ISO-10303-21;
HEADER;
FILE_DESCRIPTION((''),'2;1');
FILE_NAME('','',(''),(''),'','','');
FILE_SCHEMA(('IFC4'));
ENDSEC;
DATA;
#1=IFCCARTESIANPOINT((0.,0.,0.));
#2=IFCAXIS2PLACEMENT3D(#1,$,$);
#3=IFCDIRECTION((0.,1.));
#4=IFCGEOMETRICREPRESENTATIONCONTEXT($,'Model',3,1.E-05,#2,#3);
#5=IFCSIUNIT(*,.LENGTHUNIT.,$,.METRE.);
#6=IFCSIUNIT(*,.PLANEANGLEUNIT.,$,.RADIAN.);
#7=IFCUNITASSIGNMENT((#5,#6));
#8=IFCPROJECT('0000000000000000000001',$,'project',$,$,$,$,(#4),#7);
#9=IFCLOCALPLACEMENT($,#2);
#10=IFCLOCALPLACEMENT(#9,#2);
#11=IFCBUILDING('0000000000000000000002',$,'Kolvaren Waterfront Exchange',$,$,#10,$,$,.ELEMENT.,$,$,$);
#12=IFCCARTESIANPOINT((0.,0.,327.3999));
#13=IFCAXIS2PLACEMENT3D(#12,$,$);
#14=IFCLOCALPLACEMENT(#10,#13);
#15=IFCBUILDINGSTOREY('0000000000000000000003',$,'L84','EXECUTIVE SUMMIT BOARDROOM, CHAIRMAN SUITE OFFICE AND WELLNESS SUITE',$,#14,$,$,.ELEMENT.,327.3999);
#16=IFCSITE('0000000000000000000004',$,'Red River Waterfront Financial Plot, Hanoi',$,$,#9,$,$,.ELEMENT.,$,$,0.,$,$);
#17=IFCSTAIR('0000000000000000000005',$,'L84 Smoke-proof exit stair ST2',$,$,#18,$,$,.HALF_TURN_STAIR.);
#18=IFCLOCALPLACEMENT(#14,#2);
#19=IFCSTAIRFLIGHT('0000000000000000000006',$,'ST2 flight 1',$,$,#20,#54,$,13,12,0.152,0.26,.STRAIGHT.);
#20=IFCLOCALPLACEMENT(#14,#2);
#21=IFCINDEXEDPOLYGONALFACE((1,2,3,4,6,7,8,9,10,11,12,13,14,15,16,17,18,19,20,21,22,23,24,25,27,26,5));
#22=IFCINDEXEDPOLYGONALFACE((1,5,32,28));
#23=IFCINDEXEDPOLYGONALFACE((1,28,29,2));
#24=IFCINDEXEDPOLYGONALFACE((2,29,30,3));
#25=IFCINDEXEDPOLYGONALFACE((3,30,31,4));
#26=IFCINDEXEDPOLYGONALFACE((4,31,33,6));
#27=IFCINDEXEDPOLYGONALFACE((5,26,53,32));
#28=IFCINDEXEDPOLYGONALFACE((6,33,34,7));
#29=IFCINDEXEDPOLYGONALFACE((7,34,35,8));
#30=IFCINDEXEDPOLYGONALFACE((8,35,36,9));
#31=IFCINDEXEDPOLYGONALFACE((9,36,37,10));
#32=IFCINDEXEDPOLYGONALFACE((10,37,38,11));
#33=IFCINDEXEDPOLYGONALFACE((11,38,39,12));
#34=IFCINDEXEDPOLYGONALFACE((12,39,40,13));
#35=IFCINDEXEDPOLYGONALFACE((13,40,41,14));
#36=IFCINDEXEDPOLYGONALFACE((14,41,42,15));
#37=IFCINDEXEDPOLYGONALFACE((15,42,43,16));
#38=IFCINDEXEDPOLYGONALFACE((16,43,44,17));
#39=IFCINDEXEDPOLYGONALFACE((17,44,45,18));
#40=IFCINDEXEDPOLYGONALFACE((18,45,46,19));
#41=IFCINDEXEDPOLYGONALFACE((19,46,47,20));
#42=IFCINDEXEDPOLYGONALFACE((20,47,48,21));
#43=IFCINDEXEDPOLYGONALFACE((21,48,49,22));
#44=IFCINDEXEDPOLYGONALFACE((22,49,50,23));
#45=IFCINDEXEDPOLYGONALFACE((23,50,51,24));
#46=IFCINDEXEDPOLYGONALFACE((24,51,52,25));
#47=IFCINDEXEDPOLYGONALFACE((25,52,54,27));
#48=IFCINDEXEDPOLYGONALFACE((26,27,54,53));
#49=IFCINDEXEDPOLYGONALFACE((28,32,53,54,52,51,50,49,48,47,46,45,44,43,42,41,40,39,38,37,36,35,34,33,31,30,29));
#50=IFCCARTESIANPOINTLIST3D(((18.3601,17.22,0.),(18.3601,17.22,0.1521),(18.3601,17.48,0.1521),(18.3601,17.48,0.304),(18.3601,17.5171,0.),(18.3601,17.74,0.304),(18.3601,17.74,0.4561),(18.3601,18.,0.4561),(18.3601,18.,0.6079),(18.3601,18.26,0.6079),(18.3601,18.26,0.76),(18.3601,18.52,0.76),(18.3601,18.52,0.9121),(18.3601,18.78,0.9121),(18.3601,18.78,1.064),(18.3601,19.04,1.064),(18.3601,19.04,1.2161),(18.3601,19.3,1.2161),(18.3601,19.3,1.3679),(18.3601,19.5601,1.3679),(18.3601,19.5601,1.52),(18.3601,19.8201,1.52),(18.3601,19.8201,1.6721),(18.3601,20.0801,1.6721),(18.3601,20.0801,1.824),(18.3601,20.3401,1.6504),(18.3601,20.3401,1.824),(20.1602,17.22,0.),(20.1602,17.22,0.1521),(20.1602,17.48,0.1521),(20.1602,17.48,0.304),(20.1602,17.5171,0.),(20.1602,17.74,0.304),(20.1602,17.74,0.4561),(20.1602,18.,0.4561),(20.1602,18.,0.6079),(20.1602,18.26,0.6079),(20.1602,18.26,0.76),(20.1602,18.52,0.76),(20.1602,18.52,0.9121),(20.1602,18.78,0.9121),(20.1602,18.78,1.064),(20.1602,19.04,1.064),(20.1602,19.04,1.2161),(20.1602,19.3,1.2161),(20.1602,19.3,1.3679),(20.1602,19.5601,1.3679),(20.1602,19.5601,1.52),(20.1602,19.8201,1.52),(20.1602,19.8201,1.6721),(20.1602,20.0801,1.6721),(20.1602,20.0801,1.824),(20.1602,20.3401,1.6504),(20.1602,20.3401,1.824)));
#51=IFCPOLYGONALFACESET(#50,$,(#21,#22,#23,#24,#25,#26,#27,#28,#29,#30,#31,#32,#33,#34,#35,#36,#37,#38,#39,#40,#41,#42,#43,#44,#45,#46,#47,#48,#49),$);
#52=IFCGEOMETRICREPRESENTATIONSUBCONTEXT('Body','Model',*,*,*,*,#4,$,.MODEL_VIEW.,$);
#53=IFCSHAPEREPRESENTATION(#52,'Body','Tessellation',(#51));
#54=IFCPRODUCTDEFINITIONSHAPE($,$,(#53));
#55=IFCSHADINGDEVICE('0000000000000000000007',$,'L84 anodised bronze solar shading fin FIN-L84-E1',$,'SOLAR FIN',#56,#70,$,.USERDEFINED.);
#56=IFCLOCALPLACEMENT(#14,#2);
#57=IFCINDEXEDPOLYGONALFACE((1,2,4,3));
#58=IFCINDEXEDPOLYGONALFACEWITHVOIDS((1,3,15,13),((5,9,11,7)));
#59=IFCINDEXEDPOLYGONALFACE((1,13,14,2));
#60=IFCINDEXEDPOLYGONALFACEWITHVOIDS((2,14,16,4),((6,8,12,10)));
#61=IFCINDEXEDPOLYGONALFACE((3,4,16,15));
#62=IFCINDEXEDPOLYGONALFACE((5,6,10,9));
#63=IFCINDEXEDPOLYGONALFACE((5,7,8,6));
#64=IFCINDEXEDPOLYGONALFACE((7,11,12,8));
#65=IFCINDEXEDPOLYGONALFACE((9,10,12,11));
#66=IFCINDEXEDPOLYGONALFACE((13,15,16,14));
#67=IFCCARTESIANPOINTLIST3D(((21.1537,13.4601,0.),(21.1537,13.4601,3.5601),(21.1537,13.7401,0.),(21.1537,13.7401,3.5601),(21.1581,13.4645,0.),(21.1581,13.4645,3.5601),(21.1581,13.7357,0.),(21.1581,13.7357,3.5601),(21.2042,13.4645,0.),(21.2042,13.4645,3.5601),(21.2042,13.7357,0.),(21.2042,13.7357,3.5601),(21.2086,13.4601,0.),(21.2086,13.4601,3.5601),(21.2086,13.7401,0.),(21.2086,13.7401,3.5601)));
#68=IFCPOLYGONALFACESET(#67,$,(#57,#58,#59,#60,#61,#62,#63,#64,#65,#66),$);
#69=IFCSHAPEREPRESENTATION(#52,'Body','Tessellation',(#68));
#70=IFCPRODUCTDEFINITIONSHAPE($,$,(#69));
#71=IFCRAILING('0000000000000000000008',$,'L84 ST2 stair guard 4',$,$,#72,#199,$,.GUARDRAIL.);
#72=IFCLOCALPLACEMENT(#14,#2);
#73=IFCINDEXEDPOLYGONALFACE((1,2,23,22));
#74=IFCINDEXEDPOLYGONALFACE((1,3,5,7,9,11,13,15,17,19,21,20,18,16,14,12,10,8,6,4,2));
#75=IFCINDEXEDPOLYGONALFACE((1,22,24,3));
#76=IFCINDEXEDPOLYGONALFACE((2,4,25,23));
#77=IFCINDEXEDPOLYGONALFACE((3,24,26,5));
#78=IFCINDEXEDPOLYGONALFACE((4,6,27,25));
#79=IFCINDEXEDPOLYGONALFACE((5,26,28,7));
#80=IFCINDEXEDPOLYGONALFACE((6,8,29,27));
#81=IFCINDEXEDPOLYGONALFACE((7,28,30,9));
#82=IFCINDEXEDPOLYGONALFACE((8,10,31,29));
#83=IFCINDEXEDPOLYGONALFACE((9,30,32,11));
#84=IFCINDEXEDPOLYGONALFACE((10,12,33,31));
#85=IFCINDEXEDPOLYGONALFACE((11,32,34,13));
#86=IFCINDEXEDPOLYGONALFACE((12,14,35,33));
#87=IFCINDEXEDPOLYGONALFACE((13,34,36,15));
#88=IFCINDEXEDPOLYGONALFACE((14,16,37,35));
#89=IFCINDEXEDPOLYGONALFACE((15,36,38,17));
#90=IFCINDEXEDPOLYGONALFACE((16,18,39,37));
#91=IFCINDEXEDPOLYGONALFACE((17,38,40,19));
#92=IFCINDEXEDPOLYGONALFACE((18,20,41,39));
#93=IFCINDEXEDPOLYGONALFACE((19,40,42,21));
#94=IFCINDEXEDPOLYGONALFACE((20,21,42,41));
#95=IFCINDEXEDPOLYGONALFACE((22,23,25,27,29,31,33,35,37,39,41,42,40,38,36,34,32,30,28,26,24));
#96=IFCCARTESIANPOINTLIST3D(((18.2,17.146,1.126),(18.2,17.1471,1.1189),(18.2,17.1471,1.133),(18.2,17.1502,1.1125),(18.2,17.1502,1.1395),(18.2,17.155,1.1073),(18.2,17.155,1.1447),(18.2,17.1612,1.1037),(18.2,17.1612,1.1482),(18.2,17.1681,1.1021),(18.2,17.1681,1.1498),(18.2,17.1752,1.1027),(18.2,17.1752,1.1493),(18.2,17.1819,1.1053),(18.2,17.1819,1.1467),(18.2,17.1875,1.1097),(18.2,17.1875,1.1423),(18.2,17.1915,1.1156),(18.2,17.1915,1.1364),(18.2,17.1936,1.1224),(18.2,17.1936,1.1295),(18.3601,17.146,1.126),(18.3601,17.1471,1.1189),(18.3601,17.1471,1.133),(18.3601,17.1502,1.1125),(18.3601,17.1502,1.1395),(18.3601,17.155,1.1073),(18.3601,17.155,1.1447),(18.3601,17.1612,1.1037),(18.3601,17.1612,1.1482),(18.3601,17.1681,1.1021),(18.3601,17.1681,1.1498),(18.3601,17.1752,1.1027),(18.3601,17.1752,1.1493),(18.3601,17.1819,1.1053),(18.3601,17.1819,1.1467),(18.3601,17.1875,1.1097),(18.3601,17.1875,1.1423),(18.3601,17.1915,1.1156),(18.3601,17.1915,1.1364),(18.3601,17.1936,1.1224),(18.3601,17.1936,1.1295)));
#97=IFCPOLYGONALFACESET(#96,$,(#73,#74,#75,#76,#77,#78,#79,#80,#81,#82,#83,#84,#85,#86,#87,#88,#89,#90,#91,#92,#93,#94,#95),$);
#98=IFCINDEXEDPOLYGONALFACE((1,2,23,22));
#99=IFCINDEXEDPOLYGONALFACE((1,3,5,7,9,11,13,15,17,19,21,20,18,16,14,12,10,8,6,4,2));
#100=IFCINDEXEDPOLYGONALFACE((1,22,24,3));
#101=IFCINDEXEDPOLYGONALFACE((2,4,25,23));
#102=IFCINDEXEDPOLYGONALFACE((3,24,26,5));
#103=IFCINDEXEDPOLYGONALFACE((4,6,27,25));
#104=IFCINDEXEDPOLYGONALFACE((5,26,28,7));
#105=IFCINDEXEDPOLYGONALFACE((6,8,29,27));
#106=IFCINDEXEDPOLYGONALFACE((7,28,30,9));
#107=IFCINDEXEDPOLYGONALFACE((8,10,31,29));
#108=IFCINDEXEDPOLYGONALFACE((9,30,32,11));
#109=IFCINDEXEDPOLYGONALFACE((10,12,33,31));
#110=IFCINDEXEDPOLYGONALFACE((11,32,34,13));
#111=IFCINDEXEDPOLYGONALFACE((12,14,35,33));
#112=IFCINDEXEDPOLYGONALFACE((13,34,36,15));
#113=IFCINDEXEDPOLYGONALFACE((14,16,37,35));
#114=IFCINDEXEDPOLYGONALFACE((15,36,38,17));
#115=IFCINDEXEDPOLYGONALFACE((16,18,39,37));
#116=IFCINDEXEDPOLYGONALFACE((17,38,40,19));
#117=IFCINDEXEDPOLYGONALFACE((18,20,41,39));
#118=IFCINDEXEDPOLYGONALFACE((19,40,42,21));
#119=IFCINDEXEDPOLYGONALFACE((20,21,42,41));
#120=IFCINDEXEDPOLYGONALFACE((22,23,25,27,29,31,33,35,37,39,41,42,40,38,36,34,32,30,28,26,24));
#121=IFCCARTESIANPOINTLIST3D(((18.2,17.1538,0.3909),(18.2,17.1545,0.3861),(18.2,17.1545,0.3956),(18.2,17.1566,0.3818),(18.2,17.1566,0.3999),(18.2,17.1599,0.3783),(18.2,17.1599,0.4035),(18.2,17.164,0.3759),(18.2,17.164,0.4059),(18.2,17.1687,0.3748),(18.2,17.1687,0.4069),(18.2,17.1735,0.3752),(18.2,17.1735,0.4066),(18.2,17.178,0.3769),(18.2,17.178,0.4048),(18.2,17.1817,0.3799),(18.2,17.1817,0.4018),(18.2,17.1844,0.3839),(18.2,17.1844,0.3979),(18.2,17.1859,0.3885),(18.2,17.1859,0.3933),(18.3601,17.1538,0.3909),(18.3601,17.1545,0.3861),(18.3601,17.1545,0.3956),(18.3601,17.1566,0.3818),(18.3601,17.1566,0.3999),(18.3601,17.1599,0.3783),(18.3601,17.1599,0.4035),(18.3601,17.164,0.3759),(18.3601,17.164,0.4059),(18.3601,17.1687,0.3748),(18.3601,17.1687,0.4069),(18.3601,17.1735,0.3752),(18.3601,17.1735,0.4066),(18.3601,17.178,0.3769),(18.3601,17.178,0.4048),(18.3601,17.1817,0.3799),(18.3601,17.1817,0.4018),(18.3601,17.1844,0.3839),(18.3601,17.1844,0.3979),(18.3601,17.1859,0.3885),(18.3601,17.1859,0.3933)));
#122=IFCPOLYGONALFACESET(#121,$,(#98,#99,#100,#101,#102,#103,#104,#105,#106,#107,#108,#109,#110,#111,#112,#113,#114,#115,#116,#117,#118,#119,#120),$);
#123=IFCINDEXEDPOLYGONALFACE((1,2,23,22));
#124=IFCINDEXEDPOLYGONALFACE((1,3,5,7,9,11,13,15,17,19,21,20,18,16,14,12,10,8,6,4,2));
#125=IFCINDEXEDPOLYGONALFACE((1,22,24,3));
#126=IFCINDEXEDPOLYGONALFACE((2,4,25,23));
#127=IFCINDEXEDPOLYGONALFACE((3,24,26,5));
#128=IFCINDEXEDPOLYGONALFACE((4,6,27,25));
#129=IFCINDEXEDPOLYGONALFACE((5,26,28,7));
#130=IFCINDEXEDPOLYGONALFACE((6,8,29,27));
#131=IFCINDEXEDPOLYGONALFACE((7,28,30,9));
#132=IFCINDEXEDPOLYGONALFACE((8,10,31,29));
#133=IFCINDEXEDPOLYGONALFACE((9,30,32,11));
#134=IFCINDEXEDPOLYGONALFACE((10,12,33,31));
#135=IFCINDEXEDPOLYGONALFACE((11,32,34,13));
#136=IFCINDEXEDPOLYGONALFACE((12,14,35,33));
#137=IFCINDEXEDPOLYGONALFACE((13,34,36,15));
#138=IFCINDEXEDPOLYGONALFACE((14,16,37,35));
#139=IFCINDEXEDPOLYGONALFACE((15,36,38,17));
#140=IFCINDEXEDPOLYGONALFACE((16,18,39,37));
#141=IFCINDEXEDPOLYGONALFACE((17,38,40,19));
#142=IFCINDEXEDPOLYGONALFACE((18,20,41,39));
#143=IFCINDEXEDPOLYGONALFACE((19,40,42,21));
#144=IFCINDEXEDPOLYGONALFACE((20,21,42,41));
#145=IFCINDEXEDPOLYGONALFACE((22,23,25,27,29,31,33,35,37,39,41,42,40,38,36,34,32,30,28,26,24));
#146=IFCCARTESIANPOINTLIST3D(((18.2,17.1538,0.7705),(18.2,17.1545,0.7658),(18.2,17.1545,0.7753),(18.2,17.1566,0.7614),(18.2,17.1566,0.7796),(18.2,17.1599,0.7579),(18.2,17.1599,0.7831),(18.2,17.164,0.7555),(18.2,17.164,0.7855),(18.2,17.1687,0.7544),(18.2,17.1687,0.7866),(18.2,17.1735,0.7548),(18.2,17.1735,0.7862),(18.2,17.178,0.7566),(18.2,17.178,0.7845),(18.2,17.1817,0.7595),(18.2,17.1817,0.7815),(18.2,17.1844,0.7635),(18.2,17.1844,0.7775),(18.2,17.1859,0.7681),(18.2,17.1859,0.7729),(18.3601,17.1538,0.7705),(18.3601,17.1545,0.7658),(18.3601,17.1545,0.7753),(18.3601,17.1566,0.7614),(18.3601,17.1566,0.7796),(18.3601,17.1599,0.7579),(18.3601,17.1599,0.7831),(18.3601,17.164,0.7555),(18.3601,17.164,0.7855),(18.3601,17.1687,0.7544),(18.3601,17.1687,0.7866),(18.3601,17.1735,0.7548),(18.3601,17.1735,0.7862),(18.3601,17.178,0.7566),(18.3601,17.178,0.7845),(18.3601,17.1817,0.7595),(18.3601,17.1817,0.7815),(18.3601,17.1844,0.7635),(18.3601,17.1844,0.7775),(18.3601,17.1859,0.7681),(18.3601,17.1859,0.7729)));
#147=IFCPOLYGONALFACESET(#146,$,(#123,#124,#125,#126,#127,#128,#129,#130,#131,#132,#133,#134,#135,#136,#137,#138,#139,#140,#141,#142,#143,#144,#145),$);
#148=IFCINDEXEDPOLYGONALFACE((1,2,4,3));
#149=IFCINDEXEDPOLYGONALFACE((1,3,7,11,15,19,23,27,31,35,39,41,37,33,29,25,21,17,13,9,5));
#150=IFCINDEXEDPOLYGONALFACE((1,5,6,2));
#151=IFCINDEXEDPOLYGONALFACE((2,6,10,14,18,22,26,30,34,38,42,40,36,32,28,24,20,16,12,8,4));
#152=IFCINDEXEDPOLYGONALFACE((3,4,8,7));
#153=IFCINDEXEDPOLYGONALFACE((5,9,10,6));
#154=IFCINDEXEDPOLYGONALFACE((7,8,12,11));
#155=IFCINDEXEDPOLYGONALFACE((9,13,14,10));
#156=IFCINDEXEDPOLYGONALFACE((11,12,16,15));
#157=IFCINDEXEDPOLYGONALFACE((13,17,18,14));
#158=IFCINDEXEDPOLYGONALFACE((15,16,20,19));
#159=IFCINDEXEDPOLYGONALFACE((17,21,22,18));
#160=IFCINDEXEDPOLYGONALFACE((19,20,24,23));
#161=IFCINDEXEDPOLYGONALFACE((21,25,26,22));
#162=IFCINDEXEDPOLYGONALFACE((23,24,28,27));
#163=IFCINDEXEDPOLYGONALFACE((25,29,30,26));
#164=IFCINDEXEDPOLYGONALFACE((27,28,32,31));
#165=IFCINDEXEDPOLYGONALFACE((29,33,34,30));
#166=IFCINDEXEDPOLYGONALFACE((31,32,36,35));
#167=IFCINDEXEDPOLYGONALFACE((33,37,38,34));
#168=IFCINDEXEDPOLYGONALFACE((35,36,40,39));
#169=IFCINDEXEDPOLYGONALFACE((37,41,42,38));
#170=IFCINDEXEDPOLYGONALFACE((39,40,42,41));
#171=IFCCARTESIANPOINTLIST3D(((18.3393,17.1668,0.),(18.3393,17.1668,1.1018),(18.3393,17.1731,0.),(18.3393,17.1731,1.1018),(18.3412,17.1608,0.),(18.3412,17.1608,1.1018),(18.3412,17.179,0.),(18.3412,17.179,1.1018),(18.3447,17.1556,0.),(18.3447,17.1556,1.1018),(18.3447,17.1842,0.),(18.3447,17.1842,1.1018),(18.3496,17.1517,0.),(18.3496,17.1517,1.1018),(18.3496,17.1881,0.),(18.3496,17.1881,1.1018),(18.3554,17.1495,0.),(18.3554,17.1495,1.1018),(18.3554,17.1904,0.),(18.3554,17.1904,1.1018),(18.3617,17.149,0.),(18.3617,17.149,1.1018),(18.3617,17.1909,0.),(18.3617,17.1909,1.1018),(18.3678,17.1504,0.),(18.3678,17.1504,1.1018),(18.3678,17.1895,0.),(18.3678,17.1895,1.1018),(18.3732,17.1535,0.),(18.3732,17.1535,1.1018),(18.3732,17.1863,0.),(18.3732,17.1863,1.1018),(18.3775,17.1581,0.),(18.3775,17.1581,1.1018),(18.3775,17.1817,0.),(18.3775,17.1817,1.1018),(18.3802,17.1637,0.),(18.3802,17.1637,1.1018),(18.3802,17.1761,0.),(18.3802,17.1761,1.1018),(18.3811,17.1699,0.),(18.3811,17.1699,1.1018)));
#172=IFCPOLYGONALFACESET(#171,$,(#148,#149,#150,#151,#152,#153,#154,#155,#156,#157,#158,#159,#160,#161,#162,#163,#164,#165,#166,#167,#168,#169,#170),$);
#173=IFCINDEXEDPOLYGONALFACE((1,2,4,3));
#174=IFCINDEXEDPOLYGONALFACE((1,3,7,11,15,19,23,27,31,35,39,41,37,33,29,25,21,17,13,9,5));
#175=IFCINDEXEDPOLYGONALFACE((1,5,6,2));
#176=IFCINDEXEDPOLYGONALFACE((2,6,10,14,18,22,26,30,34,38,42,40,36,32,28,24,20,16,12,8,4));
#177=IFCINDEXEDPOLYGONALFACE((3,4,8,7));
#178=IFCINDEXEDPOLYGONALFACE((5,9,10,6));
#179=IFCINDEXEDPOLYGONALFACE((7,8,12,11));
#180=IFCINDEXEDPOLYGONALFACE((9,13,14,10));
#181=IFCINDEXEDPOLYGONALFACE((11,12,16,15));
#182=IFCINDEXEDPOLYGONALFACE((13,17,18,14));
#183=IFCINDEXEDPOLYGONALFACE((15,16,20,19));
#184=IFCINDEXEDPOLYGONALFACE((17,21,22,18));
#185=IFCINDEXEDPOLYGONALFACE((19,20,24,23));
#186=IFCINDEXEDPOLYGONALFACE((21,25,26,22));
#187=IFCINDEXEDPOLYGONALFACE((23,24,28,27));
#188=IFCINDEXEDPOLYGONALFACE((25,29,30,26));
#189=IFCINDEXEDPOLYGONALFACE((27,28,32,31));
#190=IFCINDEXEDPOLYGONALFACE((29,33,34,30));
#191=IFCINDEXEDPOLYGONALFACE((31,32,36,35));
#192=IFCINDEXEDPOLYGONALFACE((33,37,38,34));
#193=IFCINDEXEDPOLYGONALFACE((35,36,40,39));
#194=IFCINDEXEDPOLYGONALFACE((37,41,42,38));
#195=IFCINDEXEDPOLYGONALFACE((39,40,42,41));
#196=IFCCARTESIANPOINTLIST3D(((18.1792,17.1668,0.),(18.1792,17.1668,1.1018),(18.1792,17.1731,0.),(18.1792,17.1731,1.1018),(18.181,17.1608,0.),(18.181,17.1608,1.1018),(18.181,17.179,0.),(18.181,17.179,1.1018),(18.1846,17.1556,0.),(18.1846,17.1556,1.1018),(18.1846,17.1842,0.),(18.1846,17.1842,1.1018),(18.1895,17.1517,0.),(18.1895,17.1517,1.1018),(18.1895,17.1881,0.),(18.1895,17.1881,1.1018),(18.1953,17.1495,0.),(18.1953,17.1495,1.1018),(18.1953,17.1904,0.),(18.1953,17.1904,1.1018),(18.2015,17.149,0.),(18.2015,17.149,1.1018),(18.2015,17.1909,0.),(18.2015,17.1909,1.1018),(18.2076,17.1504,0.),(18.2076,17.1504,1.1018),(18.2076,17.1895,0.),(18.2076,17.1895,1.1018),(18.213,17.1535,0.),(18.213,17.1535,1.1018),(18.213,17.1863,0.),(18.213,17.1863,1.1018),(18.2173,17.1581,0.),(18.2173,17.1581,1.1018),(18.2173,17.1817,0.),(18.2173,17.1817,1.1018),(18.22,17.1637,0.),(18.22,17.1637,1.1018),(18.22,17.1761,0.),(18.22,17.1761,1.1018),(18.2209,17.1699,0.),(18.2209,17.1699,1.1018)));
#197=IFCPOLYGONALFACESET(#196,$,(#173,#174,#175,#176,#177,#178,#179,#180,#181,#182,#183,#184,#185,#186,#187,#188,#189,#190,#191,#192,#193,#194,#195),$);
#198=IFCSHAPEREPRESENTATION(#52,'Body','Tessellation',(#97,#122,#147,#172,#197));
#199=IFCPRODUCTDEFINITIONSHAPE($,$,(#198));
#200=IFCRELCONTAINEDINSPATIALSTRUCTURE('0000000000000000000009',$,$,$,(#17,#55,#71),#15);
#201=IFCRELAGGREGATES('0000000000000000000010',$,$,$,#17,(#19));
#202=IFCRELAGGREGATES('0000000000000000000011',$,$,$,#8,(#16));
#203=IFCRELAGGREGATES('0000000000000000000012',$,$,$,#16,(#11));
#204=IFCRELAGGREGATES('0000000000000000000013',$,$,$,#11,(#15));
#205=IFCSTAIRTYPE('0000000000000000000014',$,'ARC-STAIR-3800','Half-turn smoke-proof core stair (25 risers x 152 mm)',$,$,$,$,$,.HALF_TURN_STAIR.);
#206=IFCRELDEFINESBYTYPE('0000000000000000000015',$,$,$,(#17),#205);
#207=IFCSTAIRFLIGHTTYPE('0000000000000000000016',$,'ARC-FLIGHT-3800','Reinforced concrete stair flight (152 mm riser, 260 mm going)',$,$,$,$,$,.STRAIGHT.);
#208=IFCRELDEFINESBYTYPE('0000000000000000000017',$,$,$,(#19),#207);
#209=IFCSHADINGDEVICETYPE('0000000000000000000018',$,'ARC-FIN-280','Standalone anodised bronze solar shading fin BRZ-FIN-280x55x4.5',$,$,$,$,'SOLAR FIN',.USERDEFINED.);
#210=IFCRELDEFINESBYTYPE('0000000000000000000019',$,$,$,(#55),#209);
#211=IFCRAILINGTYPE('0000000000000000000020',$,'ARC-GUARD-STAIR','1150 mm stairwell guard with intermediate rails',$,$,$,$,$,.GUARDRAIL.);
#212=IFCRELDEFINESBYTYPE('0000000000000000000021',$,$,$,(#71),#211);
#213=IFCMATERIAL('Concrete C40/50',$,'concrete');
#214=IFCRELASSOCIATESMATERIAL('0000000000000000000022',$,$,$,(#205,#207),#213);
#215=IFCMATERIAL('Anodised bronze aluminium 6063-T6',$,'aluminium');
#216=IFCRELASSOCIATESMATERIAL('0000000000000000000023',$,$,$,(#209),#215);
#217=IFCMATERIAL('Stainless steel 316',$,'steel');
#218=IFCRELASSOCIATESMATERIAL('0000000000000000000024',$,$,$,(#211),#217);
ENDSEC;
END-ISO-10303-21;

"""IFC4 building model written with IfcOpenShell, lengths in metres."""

from ifc_helpers import new_model, si_unit, direction, frame, origin, origin_2d, place, context, subcontext, project, spatial, polyline, hollow_rectangle, circle, outline, extrude, material, material_profile, profile_set, type_object, element, aggregate, save


model = new_model("IFC4")

# Units and contexts
model_context = context("Model", 3, precision=1e-05, world=origin(), true_north=direction((0.0, 1.0)))
body_context = subcontext(model_context, "Body", "Model", "MODEL_VIEW")
ifc_project = project(units=[si_unit("LENGTHUNIT", "METRE"), si_unit("PLANEANGLEUNIT", "RADIAN")], contexts=[model_context])

# Site, building, storey
site_placement = place(None, origin())
site = spatial("IfcSite", under=ifc_project, at=site_placement, Name="Red River Waterfront Financial Plot, Hanoi", CompositionType="ELEMENT", RefElevation=0.0)
building_placement = place(site_placement, origin())
building = spatial("IfcBuilding", under=site, at=building_placement, Name="Kolvaren Waterfront Exchange", CompositionType="ELEMENT")
storey_placement = place(building_placement, frame((0.0, 0.0, 327.3999)))
storey = spatial("IfcBuildingStorey", under=building, at=storey_placement, Name="L84", Description="EXECUTIVE SUMMIT BOARDROOM, CHAIRMAN SUITE OFFICE AND WELLNESS SUITE", CompositionType="ELEMENT", Elevation=327.3999)

# Shared definitions
ifc_material_1 = material(Name="Concrete C40/50", Category="concrete")

# Stair, stair flight
stair_type = type_object("IfcStairType", Name="ARC-STAIR-3800", Description="Half-turn smoke-proof core stair (25 risers x 152 mm)", PredefinedType="HALF_TURN_STAIR", material=ifc_material_1)
stair_placement = place(storey_placement, origin())
stair = element("IfcStair", 1, at=stair_placement, inside=storey, type_object=stair_type, Name="L84 Smoke-proof exit stair ST2", PredefinedType="HALF_TURN_STAIR")
stair_flight_type = type_object("IfcStairFlightType", Name="ARC-FLIGHT-3800", Description="Reinforced concrete stair flight (152 mm riser, 260 mm going)", PredefinedType="STRAIGHT", material=ifc_material_1)
stair_flight_placement = place(storey_placement, frame((19.26, 17.22, 0.0), z_axis=(0.0, 0.0, 1.0), x_axis=(0.0, 1.0, 0.0)))
stair_flight = element("IfcStairFlight", 2, at=stair_flight_placement, type_object=stair_flight_type, Name="ST2 flight 1", NumberOfRisers=13, NumberOfTreads=12, PredefinedType="STRAIGHT", RiserHeight=0.152, TreadLength=0.26, context=body_context, shape_type="SweptSolid", body=[
    extrude(outline(polyline([(0.0, 0.0), (0.0, 0.1521), (0.26, 0.1521), (0.26, 0.304), (0.52, 0.304), (0.52, 0.4561), (0.78, 0.4561), (0.78, 0.6079), (1.04, 0.6079), (1.04, 0.76), (1.3, 0.76), (1.3, 0.9121), (1.5601, 0.9121), (1.5601, 1.064), (1.8201, 1.064), (1.8201, 1.2161), (2.0801, 1.2161), (2.0801, 1.3679), (2.3401, 1.3679), (2.3401, 1.52), (2.6001, 1.52), (2.6001, 1.6721), (2.8601, 1.6721), (2.8601, 1.824), (3.1201, 1.824), (3.1201, 1.9761), (3.1201, 1.6504), (0.2971, 0.0), (0.0, 0.0)])), frame((0.0, 0.8999, 0.0), z_axis=(0.0, -1.0, 0.0), x_axis=(1.0, 0.0, 0.0)), (0.0, 0.0, 1.0), 1.8),
])
aggregate(stair, [stair_flight])

# Shading device
ifc_material_2 = material(Name="Anodised bronze aluminium 6063-T6", Category="aluminium")
ifc_material_profile_1 = material_profile(ifc_material_2, hollow_rectangle(XDim=0.0549, YDim=0.28, WallThickness=0.0044, at=origin_2d()), Name="BRZ-FIN-280x55x4.5")
ifc_profile_set_1 = profile_set([ifc_material_profile_1], Name="Anodised bronze aluminium 6063-T6")
shading_device_type = type_object("IfcShadingDeviceType", Name="ARC-FIN-280", Description="Standalone anodised bronze solar shading fin BRZ-FIN-280x55x4.5", ElementType="SOLAR FIN", PredefinedType="USERDEFINED", material=ifc_profile_set_1)
shading_device_placement = place(storey_placement, frame((21.1812, 13.6001, 0.0), z_axis=(0.0, 0.0, 1.0), x_axis=(1.0, 0.0, 0.0)))
element("IfcShadingDevice", 3, at=shading_device_placement, inside=storey, type_object=shading_device_type, Name="L84 anodised bronze solar shading fin FIN-L84-E1", ObjectType="SOLAR FIN", PredefinedType="USERDEFINED", context=body_context, shape_type="SweptSolid", body=[
    extrude(hollow_rectangle(XDim=0.0549, YDim=0.28, WallThickness=0.0044, at=origin_2d()), origin(), (0.0, 0.0, 1.0), 3.5601),
])

# Railing
ifc_material_3 = material(Name="Stainless steel 316", Category="steel")
railing_type_1 = type_object("IfcRailingType", Name="ARC-GUARD-STAIR", Description="1150 mm stairwell guard with intermediate rails", PredefinedType="GUARDRAIL", material=ifc_material_3)
railing_1_placement = place(storey_placement, frame((18.3601, 17.1699, 0.0)))
element("IfcRailing", 4, at=railing_1_placement, inside=storey, type_object=railing_type_1, Name="L84 ST2 stair guard 4", PredefinedType="GUARDRAIL", context=body_context, shape_type="SweptSolid", body=[
    extrude(circle(Radius=0.0239, at=origin_2d()), frame((0.0, 0.0, 1.126), z_axis=(-1.0, 0.0, 0.0), x_axis=(0.0, -1.0, 0.0)), (0.0, 0.0, 1.0), 0.1602),
    extrude(circle(Radius=0.0161, at=origin_2d()), frame((0.0, 0.0, 0.3909), z_axis=(-1.0, 0.0, 0.0), x_axis=(0.0, -1.0, 0.0)), (0.0, 0.0, 1.0), 0.1602),
    extrude(circle(Radius=0.0161, at=origin_2d()), frame((0.0, 0.0, 0.7705), z_axis=(-1.0, 0.0, 0.0), x_axis=(0.0, -1.0, 0.0)), (0.0, 0.0, 1.0), 0.1602),
    extrude(circle(Radius=0.021, at=origin_2d()), origin(), (0.0, 0.0, 1.0), 1.1018),
    extrude(circle(Radius=0.021, at=origin_2d()), frame((-0.1602, 0.0, 0.0)), (0.0, 0.0, 1.0), 1.1018),
])

save(model, "model.ifc")
